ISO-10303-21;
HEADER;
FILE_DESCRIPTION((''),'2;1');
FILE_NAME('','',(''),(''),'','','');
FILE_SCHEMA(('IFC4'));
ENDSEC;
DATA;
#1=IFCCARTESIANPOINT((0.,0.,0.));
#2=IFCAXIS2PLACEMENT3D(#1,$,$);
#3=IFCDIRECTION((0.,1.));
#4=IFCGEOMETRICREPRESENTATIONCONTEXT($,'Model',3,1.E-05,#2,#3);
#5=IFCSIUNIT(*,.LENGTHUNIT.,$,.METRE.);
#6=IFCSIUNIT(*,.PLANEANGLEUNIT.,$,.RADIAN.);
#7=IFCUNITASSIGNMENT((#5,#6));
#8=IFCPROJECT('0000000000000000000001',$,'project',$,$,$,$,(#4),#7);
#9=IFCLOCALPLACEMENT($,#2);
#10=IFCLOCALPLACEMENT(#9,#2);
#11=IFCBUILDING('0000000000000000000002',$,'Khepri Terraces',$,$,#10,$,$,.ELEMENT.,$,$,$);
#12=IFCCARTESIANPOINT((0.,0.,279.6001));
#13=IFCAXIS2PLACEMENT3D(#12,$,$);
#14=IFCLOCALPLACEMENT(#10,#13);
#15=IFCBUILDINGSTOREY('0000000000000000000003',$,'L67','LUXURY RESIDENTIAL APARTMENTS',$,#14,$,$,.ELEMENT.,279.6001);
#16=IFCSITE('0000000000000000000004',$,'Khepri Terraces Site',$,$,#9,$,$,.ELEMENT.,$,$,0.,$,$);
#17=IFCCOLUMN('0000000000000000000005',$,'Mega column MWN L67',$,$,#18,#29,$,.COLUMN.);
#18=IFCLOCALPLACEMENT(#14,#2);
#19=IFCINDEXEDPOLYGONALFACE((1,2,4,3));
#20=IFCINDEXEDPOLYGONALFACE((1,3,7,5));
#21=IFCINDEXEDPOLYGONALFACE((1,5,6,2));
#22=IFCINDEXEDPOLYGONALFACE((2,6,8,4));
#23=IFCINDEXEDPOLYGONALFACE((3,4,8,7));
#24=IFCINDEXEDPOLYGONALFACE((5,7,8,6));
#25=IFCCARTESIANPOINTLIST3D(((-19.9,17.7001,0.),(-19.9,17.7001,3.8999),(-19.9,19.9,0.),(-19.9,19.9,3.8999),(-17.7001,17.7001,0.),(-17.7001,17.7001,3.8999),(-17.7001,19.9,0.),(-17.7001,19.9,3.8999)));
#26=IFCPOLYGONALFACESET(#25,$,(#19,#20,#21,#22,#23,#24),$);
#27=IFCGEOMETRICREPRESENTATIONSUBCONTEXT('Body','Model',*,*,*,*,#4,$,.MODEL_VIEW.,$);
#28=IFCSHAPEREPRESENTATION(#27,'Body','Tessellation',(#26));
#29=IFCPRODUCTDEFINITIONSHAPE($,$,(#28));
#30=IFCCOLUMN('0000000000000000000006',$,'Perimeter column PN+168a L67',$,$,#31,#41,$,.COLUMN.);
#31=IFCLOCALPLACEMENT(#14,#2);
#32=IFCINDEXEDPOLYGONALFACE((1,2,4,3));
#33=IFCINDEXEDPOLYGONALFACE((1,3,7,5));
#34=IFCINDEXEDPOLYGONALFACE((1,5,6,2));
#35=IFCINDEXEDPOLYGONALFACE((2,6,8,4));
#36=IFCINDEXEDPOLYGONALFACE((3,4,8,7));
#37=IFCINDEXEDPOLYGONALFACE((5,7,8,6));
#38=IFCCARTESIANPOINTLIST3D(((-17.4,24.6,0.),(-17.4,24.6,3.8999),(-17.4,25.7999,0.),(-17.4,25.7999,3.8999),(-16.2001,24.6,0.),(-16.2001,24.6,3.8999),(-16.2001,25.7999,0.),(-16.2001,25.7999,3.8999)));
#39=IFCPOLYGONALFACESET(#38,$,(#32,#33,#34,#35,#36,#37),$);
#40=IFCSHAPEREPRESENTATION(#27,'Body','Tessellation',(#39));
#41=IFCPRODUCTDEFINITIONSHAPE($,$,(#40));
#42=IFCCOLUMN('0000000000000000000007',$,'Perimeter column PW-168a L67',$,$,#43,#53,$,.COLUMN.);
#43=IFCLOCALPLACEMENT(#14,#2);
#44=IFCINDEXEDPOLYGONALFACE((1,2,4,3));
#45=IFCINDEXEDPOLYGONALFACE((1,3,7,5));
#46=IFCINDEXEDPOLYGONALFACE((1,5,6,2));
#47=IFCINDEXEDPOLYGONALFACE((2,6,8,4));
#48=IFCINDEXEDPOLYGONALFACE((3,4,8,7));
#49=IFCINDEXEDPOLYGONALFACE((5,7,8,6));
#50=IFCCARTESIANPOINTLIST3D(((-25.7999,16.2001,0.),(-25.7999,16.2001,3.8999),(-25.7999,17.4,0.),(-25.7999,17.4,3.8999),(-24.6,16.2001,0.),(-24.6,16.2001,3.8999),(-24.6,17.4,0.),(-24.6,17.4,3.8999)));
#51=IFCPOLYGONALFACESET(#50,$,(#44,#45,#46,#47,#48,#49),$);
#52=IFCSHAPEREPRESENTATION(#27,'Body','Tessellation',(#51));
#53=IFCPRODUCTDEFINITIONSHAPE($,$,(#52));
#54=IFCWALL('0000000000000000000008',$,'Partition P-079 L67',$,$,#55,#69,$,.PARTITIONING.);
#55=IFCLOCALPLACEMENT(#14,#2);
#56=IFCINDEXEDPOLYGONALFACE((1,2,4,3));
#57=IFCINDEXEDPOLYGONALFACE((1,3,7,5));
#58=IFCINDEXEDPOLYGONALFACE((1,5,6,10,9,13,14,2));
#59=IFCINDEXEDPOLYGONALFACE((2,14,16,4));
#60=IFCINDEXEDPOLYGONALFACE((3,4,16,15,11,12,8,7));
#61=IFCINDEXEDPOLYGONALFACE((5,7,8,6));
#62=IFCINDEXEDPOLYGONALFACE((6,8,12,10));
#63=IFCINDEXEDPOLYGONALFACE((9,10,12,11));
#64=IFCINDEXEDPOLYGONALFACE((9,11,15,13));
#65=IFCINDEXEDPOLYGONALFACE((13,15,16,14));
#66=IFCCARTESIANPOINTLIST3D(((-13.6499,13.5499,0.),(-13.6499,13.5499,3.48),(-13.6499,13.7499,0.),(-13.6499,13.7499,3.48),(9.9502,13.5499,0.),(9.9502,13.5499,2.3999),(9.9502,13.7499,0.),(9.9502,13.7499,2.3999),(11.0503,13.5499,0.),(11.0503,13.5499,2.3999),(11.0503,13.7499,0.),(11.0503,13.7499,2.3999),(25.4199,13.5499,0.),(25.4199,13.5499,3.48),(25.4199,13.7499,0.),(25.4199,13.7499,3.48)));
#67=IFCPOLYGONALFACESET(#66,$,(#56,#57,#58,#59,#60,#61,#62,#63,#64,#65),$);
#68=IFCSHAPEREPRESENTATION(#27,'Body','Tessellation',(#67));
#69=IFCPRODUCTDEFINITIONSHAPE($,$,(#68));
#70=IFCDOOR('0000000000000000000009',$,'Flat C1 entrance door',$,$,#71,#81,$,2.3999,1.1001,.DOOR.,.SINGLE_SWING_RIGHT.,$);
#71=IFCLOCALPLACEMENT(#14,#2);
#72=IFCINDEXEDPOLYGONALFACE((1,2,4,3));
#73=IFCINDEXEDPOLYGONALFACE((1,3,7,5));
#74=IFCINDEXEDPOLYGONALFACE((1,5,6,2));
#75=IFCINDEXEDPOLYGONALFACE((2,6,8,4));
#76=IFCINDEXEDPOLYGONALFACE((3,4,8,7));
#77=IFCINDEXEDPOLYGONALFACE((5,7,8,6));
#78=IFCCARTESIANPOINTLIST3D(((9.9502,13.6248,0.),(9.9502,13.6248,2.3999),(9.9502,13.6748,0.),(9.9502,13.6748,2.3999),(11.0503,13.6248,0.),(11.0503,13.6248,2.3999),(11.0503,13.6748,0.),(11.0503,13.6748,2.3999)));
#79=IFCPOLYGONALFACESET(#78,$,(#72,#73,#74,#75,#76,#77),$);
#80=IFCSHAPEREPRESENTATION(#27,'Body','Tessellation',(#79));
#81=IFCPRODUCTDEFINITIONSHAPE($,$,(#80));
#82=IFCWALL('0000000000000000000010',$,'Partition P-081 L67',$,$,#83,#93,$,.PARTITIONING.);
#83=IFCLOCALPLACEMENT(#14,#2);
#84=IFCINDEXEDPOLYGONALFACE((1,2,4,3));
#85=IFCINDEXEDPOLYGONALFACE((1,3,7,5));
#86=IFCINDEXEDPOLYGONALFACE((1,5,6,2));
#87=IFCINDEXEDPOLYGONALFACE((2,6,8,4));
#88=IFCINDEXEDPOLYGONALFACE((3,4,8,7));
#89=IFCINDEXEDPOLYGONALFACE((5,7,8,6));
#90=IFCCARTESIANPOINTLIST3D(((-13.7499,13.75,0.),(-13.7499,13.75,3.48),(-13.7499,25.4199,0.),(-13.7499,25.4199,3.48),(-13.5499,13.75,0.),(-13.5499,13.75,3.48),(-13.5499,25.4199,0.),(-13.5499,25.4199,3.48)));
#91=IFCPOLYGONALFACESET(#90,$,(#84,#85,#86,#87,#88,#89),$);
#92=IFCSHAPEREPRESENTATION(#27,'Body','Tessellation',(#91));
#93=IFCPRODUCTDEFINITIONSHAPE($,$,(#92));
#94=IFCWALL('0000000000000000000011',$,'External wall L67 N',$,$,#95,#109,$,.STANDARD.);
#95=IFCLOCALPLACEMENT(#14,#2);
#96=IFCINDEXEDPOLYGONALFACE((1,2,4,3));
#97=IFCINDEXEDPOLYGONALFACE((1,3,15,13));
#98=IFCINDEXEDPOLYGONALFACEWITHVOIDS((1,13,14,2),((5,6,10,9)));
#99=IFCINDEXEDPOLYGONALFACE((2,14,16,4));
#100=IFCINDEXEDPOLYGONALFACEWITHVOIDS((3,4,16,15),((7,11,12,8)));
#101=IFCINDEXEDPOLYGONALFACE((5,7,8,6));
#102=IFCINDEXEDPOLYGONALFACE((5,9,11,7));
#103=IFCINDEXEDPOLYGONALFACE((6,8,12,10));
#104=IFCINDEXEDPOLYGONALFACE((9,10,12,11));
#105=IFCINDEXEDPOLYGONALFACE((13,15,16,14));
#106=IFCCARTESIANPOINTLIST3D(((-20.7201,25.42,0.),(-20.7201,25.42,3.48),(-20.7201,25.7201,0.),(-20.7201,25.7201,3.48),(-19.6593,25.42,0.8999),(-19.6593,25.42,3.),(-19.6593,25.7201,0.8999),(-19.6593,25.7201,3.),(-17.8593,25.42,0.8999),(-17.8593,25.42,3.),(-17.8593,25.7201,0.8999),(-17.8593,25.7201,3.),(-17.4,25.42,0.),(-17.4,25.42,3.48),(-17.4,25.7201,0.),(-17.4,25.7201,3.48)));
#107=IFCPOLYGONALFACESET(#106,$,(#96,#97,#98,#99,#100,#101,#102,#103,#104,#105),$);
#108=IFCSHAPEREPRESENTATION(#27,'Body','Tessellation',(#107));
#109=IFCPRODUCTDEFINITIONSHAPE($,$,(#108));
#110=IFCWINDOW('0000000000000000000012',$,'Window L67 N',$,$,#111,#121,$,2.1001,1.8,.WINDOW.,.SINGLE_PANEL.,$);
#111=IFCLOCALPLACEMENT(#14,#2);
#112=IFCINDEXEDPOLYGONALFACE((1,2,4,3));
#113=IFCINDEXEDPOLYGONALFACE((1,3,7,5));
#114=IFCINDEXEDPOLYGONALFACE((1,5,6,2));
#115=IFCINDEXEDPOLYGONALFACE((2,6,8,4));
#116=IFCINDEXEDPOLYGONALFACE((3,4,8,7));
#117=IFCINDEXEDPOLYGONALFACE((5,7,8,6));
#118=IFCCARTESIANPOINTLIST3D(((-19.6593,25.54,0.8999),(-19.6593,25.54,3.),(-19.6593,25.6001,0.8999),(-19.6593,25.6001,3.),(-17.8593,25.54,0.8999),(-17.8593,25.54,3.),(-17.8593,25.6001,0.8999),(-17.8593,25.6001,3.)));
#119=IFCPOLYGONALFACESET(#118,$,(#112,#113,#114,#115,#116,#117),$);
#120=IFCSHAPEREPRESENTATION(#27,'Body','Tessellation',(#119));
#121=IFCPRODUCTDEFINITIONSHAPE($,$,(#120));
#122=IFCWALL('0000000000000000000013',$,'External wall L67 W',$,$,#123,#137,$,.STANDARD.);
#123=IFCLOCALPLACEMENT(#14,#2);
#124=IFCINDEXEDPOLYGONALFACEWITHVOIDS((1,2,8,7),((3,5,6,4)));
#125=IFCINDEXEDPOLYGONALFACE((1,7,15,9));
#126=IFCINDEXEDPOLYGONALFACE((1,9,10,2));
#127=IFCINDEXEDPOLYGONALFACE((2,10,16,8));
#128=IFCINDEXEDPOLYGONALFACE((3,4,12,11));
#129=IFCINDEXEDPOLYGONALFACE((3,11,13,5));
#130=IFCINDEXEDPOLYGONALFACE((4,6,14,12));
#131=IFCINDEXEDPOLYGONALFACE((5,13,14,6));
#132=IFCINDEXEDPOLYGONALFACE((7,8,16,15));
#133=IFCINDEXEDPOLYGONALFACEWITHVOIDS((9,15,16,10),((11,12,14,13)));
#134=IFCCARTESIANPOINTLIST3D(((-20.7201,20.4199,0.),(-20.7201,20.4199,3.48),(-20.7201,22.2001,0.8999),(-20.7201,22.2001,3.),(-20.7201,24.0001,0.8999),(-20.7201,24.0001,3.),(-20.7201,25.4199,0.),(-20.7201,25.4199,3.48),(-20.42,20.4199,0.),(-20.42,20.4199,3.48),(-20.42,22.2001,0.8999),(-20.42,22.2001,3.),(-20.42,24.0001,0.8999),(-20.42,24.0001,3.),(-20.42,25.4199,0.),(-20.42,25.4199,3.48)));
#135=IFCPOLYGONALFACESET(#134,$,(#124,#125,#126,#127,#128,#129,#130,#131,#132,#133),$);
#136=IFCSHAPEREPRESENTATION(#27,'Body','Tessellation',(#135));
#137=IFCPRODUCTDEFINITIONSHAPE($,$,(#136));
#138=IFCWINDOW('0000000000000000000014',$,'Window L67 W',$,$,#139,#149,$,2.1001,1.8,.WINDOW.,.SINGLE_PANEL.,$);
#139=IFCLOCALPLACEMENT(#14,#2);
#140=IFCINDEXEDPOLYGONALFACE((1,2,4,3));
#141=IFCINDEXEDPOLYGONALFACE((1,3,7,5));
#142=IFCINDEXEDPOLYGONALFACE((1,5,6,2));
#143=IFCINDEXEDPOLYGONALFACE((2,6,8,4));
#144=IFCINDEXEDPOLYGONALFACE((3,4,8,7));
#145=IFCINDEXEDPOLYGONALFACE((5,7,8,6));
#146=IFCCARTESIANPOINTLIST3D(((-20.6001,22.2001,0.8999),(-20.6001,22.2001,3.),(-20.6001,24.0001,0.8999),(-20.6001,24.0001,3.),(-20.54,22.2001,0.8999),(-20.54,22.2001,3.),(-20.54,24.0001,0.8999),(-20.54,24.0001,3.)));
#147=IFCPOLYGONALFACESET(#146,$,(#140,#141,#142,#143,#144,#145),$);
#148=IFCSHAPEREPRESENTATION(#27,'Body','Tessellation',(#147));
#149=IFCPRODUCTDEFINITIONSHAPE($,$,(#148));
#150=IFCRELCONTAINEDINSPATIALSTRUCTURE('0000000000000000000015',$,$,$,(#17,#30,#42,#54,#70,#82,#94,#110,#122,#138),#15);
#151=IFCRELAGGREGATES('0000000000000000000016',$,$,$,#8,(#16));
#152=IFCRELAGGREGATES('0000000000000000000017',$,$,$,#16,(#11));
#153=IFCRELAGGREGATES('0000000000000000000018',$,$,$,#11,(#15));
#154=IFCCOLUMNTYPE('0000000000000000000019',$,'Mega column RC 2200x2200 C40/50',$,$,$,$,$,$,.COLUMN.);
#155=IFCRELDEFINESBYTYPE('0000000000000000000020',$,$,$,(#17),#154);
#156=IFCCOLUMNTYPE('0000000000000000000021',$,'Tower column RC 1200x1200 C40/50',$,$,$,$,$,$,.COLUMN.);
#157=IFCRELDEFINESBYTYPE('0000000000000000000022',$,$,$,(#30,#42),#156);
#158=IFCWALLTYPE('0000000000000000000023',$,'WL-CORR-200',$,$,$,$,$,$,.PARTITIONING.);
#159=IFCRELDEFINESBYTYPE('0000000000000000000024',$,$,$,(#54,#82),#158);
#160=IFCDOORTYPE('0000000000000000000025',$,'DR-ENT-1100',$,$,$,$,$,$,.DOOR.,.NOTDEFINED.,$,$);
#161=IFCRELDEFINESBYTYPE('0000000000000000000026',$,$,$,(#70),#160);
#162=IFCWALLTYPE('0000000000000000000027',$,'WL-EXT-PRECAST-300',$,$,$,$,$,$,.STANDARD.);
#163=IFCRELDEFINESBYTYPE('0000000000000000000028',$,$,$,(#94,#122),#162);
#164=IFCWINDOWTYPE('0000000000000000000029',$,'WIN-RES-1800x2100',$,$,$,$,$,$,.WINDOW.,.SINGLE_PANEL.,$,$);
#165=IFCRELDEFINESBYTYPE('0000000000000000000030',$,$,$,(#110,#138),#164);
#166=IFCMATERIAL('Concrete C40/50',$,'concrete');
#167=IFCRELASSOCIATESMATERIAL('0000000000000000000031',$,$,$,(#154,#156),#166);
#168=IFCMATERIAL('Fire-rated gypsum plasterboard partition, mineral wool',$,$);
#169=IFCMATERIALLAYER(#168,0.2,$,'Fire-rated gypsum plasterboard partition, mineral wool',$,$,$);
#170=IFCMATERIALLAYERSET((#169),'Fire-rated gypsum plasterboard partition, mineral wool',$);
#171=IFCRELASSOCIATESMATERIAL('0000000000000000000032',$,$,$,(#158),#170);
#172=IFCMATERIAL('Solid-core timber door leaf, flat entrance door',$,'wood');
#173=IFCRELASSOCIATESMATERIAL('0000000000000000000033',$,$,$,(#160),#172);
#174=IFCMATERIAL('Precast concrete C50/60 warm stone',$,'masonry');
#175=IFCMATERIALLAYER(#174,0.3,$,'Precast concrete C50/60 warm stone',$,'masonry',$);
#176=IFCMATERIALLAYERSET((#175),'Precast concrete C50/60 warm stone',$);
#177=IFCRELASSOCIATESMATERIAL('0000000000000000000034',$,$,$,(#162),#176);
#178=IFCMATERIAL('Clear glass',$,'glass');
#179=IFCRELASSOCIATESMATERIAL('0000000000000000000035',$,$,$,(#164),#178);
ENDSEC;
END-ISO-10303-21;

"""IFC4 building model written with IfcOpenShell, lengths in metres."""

from ifc_helpers import new_model, si_unit, direction, frame, frame_2d, origin, origin_2d, place, context, subcontext, project, spatial, rectangle, extrude, material, layer, layer_set, material_profile, profile_set, type_object, element, fill, save


model = new_model("IFC4")

# Units and contexts
model_context = context("Model", 3, precision=1e-05, world=origin(), true_north=direction((0.0, 1.0)))
body_context = subcontext(model_context, "Body", "Model", "MODEL_VIEW")
ifc_project = project(units=[si_unit("LENGTHUNIT", "METRE"), si_unit("PLANEANGLEUNIT", "RADIAN")], contexts=[model_context])

# Site, building, storey
site_placement = place(None, origin())
site = spatial("IfcSite", under=ifc_project, at=site_placement, Name="Khepri Terraces Site", CompositionType="ELEMENT", RefElevation=0.0)
building_placement = place(site_placement, origin())
building = spatial("IfcBuilding", under=site, at=building_placement, Name="Khepri Terraces", CompositionType="ELEMENT")
storey_placement = place(building_placement, frame((0.0, 0.0, 279.6001)))
storey = spatial("IfcBuildingStorey", under=building, at=storey_placement, Name="L67", Description="LUXURY RESIDENTIAL APARTMENTS", CompositionType="ELEMENT", Elevation=279.6001)

# Columns
ifc_material_1 = material(Name="Concrete C40/50", Category="concrete")
ifc_material_profile_1 = material_profile(ifc_material_1, rectangle(XDim=2.2, YDim=2.2, at=origin_2d()), Name="Concrete C40/50", Category="concrete")
ifc_profile_set_1 = profile_set([ifc_material_profile_1], Name="Concrete C40/50")
column_type_1 = type_object("IfcColumnType", Name="Mega column RC 2200x2200 C40/50", PredefinedType="COLUMN", material=ifc_profile_set_1)
column_placement = place(storey_placement, frame((-18.8, 18.8, 0.0), z_axis=(0.0, 0.0, 1.0), x_axis=(1.0, 0.0, 0.0)))
element("IfcColumn", 1, at=column_placement, inside=storey, type_object=column_type_1, Name="Mega column MWN L67", PredefinedType="COLUMN", context=body_context, shape_type="SweptSolid", body=[
    extrude(rectangle(XDim=2.2, YDim=2.2, at=origin_2d()), origin(), (0.0, 0.0, 1.0), 3.8999),
])
ifc_material_profile_2 = material_profile(ifc_material_1, rectangle(XDim=1.2, YDim=1.2, at=origin_2d()), Name="Concrete C40/50", Category="concrete")
ifc_profile_set_2 = profile_set([ifc_material_profile_2], Name="Concrete C40/50")
column_type_2 = type_object("IfcColumnType", Name="Tower column RC 1200x1200 C40/50", PredefinedType="COLUMN", material=ifc_profile_set_2)
for number, where, z_axis, x_axis, name in (
    (2, (-16.8, 25.2, 0.0), (0.0, 0.0, 1.0), (1.0, 0.0, 0.0), "Perimeter column PN+168a L67"),
    (3, (-25.2, 16.8, 0.0), (0.0, 0.0, 1.0), (1.0, 0.0, 0.0), "Perimeter column PW-168a L67"),
):
    element("IfcColumn", number, at=place(storey_placement, frame(where, z_axis=z_axis, x_axis=x_axis)), inside=storey, type_object=column_type_2, Name=name, PredefinedType="COLUMN", context=body_context, shape_type="SweptSolid", body=[
        extrude(rectangle(XDim=1.2, YDim=1.2, at=origin_2d()), origin(), (0.0, 0.0, 1.0), 3.8999),
    ])

# Wall, opening, door
ifc_material_2 = material(Name="Fire-rated gypsum plasterboard partition, mineral wool")
ifc_layer_1 = layer(ifc_material_2, 0.2, Name="Fire-rated gypsum plasterboard partition, mineral wool")
ifc_layer_set_1 = layer_set([ifc_layer_1], Name="Fire-rated gypsum plasterboard partition, mineral wool")
wall_type_1 = type_object("IfcWallType", Name="WL-CORR-200", PredefinedType="PARTITIONING", material=ifc_layer_set_1)
wall_1_placement = place(storey_placement, frame((-13.6499, 13.6499, 0.0), z_axis=(0.0, 0.0, 1.0), x_axis=(1.0, 0.0, 0.0)))
wall_1 = element("IfcWall", 4, at=wall_1_placement, inside=storey, type_object=wall_type_1, Name="Partition P-079 L67", PredefinedType="PARTITIONING", context=body_context, shape_type="SweptSolid", body=[
    extrude(rectangle(XDim=39.0698, YDim=0.2, at=frame_2d((19.5349, 0.0))), origin(), (0.0, 0.0, 1.0), 3.48),
])
opening_1_placement = place(wall_1_placement, frame((23.6001, 0.0, 0.0)))
opening_1 = element("IfcOpeningElement", 5, at=opening_1_placement, cuts=wall_1, PredefinedType="OPENING", context=body_context, shape_type="SweptSolid", body=[
    extrude(rectangle(XDim=1.1001, YDim=2.3999, at=frame_2d((0.55, 1.2))), frame((0.0, 0.1099, 0.0), z_axis=(0.0, -1.0, 0.0), x_axis=(1.0, 0.0, 0.0)), (0.0, 0.0, 1.0), 0.22),
])
ifc_material_3 = material(Name="Solid-core timber door leaf, flat entrance door", Category="wood")
door_type_1 = type_object("IfcDoorType", Name="DR-ENT-1100", OperationType="NOTDEFINED", PredefinedType="DOOR", material=ifc_material_3)
door_1_placement = place(opening_1_placement, origin())
door_1 = element("IfcDoor", 6, at=door_1_placement, inside=storey, type_object=door_type_1, Name="Flat C1 entrance door", OperationType="SINGLE_SWING_RIGHT", OverallHeight=2.3999, OverallWidth=1.1001, PredefinedType="DOOR", context=body_context, shape_type="SweptSolid", body=[
    extrude(rectangle(XDim=1.1001, YDim=2.3999, at=frame_2d((0.55, 1.2))), frame((0.0, 0.0249, 0.0), z_axis=(0.0, -1.0, 0.0), x_axis=(1.0, 0.0, 0.0)), (0.0, 0.0, 1.0), 0.05),
])
fill(opening_1, door_1)

# Wall
wall_2_placement = place(storey_placement, frame((-13.6499, 13.75, 0.0), z_axis=(0.0, 0.0, 1.0), x_axis=(0.0, 1.0, 0.0)))
element("IfcWall", 7, at=wall_2_placement, inside=storey, type_object=wall_type_1, Name="Partition P-081 L67", PredefinedType="PARTITIONING", context=body_context, shape_type="SweptSolid", body=[
    extrude(rectangle(XDim=11.6699, YDim=0.2, at=frame_2d((5.835, 0.0))), origin(), (0.0, 0.0, 1.0), 3.48),
])

# Walls, openings, windows
ifc_material_4 = material(Name="Precast concrete C50/60 warm stone", Category="masonry")
ifc_layer_2 = layer(ifc_material_4, 0.3, Name="Precast concrete C50/60 warm stone", Category="masonry")
ifc_layer_set_2 = layer_set([ifc_layer_2], Name="Precast concrete C50/60 warm stone")
wall_type_2 = type_object("IfcWallType", Name="WL-EXT-PRECAST-300", PredefinedType="STANDARD", material=ifc_layer_set_2)
wall_3_placement = place(storey_placement, frame((-17.3999, 25.5701, 0.0), z_axis=(0.0, 0.0, 1.0), x_axis=(-1.0, 0.0, 0.0)))
wall_3 = element("IfcWall", 8, at=wall_3_placement, inside=storey, type_object=wall_type_2, Name="External wall L67 N", PredefinedType="STANDARD", context=body_context, shape_type="SweptSolid", body=[
    extrude(rectangle(XDim=3.3201, YDim=0.3, at=frame_2d((1.6602, 0.0))), origin(), (0.0, 0.0, 1.0), 3.48),
])
opening_2_placement = place(wall_3_placement, frame((0.4595, 0.0, 0.8999)))
opening_2 = element("IfcOpeningElement", 9, at=opening_2_placement, cuts=wall_3, PredefinedType="OPENING", context=body_context, shape_type="SweptSolid", body=[
    extrude(rectangle(XDim=1.8, YDim=2.1001, at=frame_2d((0.8999, 1.05))), frame((0.0, 0.1602, 0.0), z_axis=(0.0, -1.0, 0.0), x_axis=(1.0, 0.0, 0.0)), (0.0, 0.0, 1.0), 0.3201),
])
ifc_material_5 = material(Name="Clear glass", Category="glass")
window_type = type_object("IfcWindowType", Name="WIN-RES-1800x2100", PartitioningType="SINGLE_PANEL", PredefinedType="WINDOW", material=ifc_material_5)
window_1_placement = place(opening_2_placement, origin())
window_1 = element("IfcWindow", 10, at=window_1_placement, inside=storey, type_object=window_type, Name="Window L67 N", OverallHeight=2.1001, OverallWidth=1.8, PartitioningType="SINGLE_PANEL", PredefinedType="WINDOW", context=body_context, shape_type="SweptSolid", body=[
    extrude(rectangle(XDim=1.8, YDim=2.1001, at=frame_2d((0.8999, 1.05))), frame((0.0, 0.03, 0.0), z_axis=(0.0, -1.0, 0.0), x_axis=(1.0, 0.0, 0.0)), (0.0, 0.0, 1.0), 0.0601),
])
fill(opening_2, window_1)
wall_4_placement = place(storey_placement, frame((-20.5701, 25.4199, 0.0), z_axis=(0.0, 0.0, 1.0), x_axis=(0.0, -1.0, 0.0)))
wall_4 = element("IfcWall", 11, at=wall_4_placement, inside=storey, type_object=wall_type_2, Name="External wall L67 W", PredefinedType="STANDARD", context=body_context, shape_type="SweptSolid", body=[
    extrude(rectangle(XDim=5.0, YDim=0.3, at=frame_2d((2.5, 0.0))), origin(), (0.0, 0.0, 1.0), 3.48),
])
opening_3_placement = place(wall_4_placement, frame((1.4199, 0.0, 0.8999)))
opening_3 = element("IfcOpeningElement", 12, at=opening_3_placement, cuts=wall_4, PredefinedType="OPENING", context=body_context, shape_type="SweptSolid", body=[
    extrude(rectangle(XDim=1.8, YDim=2.1001, at=frame_2d((0.8999, 1.05))), frame((0.0, 0.1602, 0.0), z_axis=(0.0, -1.0, 0.0), x_axis=(1.0, 0.0, 0.0)), (0.0, 0.0, 1.0), 0.3201),
])
window_2_placement = place(opening_3_placement, origin())
window_2 = element("IfcWindow", 13, at=window_2_placement, inside=storey, type_object=window_type, Name="Window L67 W", OverallHeight=2.1001, OverallWidth=1.8, PartitioningType="SINGLE_PANEL", PredefinedType="WINDOW", context=body_context, shape_type="SweptSolid", body=[
    extrude(rectangle(XDim=1.8, YDim=2.1001, at=frame_2d((0.8999, 1.05))), frame((0.0, 0.03, 0.0), z_axis=(0.0, -1.0, 0.0), x_axis=(1.0, 0.0, 0.0)), (0.0, 0.0, 1.0), 0.0601),
])
fill(opening_3, window_2)

save(model, "model.ifc")
